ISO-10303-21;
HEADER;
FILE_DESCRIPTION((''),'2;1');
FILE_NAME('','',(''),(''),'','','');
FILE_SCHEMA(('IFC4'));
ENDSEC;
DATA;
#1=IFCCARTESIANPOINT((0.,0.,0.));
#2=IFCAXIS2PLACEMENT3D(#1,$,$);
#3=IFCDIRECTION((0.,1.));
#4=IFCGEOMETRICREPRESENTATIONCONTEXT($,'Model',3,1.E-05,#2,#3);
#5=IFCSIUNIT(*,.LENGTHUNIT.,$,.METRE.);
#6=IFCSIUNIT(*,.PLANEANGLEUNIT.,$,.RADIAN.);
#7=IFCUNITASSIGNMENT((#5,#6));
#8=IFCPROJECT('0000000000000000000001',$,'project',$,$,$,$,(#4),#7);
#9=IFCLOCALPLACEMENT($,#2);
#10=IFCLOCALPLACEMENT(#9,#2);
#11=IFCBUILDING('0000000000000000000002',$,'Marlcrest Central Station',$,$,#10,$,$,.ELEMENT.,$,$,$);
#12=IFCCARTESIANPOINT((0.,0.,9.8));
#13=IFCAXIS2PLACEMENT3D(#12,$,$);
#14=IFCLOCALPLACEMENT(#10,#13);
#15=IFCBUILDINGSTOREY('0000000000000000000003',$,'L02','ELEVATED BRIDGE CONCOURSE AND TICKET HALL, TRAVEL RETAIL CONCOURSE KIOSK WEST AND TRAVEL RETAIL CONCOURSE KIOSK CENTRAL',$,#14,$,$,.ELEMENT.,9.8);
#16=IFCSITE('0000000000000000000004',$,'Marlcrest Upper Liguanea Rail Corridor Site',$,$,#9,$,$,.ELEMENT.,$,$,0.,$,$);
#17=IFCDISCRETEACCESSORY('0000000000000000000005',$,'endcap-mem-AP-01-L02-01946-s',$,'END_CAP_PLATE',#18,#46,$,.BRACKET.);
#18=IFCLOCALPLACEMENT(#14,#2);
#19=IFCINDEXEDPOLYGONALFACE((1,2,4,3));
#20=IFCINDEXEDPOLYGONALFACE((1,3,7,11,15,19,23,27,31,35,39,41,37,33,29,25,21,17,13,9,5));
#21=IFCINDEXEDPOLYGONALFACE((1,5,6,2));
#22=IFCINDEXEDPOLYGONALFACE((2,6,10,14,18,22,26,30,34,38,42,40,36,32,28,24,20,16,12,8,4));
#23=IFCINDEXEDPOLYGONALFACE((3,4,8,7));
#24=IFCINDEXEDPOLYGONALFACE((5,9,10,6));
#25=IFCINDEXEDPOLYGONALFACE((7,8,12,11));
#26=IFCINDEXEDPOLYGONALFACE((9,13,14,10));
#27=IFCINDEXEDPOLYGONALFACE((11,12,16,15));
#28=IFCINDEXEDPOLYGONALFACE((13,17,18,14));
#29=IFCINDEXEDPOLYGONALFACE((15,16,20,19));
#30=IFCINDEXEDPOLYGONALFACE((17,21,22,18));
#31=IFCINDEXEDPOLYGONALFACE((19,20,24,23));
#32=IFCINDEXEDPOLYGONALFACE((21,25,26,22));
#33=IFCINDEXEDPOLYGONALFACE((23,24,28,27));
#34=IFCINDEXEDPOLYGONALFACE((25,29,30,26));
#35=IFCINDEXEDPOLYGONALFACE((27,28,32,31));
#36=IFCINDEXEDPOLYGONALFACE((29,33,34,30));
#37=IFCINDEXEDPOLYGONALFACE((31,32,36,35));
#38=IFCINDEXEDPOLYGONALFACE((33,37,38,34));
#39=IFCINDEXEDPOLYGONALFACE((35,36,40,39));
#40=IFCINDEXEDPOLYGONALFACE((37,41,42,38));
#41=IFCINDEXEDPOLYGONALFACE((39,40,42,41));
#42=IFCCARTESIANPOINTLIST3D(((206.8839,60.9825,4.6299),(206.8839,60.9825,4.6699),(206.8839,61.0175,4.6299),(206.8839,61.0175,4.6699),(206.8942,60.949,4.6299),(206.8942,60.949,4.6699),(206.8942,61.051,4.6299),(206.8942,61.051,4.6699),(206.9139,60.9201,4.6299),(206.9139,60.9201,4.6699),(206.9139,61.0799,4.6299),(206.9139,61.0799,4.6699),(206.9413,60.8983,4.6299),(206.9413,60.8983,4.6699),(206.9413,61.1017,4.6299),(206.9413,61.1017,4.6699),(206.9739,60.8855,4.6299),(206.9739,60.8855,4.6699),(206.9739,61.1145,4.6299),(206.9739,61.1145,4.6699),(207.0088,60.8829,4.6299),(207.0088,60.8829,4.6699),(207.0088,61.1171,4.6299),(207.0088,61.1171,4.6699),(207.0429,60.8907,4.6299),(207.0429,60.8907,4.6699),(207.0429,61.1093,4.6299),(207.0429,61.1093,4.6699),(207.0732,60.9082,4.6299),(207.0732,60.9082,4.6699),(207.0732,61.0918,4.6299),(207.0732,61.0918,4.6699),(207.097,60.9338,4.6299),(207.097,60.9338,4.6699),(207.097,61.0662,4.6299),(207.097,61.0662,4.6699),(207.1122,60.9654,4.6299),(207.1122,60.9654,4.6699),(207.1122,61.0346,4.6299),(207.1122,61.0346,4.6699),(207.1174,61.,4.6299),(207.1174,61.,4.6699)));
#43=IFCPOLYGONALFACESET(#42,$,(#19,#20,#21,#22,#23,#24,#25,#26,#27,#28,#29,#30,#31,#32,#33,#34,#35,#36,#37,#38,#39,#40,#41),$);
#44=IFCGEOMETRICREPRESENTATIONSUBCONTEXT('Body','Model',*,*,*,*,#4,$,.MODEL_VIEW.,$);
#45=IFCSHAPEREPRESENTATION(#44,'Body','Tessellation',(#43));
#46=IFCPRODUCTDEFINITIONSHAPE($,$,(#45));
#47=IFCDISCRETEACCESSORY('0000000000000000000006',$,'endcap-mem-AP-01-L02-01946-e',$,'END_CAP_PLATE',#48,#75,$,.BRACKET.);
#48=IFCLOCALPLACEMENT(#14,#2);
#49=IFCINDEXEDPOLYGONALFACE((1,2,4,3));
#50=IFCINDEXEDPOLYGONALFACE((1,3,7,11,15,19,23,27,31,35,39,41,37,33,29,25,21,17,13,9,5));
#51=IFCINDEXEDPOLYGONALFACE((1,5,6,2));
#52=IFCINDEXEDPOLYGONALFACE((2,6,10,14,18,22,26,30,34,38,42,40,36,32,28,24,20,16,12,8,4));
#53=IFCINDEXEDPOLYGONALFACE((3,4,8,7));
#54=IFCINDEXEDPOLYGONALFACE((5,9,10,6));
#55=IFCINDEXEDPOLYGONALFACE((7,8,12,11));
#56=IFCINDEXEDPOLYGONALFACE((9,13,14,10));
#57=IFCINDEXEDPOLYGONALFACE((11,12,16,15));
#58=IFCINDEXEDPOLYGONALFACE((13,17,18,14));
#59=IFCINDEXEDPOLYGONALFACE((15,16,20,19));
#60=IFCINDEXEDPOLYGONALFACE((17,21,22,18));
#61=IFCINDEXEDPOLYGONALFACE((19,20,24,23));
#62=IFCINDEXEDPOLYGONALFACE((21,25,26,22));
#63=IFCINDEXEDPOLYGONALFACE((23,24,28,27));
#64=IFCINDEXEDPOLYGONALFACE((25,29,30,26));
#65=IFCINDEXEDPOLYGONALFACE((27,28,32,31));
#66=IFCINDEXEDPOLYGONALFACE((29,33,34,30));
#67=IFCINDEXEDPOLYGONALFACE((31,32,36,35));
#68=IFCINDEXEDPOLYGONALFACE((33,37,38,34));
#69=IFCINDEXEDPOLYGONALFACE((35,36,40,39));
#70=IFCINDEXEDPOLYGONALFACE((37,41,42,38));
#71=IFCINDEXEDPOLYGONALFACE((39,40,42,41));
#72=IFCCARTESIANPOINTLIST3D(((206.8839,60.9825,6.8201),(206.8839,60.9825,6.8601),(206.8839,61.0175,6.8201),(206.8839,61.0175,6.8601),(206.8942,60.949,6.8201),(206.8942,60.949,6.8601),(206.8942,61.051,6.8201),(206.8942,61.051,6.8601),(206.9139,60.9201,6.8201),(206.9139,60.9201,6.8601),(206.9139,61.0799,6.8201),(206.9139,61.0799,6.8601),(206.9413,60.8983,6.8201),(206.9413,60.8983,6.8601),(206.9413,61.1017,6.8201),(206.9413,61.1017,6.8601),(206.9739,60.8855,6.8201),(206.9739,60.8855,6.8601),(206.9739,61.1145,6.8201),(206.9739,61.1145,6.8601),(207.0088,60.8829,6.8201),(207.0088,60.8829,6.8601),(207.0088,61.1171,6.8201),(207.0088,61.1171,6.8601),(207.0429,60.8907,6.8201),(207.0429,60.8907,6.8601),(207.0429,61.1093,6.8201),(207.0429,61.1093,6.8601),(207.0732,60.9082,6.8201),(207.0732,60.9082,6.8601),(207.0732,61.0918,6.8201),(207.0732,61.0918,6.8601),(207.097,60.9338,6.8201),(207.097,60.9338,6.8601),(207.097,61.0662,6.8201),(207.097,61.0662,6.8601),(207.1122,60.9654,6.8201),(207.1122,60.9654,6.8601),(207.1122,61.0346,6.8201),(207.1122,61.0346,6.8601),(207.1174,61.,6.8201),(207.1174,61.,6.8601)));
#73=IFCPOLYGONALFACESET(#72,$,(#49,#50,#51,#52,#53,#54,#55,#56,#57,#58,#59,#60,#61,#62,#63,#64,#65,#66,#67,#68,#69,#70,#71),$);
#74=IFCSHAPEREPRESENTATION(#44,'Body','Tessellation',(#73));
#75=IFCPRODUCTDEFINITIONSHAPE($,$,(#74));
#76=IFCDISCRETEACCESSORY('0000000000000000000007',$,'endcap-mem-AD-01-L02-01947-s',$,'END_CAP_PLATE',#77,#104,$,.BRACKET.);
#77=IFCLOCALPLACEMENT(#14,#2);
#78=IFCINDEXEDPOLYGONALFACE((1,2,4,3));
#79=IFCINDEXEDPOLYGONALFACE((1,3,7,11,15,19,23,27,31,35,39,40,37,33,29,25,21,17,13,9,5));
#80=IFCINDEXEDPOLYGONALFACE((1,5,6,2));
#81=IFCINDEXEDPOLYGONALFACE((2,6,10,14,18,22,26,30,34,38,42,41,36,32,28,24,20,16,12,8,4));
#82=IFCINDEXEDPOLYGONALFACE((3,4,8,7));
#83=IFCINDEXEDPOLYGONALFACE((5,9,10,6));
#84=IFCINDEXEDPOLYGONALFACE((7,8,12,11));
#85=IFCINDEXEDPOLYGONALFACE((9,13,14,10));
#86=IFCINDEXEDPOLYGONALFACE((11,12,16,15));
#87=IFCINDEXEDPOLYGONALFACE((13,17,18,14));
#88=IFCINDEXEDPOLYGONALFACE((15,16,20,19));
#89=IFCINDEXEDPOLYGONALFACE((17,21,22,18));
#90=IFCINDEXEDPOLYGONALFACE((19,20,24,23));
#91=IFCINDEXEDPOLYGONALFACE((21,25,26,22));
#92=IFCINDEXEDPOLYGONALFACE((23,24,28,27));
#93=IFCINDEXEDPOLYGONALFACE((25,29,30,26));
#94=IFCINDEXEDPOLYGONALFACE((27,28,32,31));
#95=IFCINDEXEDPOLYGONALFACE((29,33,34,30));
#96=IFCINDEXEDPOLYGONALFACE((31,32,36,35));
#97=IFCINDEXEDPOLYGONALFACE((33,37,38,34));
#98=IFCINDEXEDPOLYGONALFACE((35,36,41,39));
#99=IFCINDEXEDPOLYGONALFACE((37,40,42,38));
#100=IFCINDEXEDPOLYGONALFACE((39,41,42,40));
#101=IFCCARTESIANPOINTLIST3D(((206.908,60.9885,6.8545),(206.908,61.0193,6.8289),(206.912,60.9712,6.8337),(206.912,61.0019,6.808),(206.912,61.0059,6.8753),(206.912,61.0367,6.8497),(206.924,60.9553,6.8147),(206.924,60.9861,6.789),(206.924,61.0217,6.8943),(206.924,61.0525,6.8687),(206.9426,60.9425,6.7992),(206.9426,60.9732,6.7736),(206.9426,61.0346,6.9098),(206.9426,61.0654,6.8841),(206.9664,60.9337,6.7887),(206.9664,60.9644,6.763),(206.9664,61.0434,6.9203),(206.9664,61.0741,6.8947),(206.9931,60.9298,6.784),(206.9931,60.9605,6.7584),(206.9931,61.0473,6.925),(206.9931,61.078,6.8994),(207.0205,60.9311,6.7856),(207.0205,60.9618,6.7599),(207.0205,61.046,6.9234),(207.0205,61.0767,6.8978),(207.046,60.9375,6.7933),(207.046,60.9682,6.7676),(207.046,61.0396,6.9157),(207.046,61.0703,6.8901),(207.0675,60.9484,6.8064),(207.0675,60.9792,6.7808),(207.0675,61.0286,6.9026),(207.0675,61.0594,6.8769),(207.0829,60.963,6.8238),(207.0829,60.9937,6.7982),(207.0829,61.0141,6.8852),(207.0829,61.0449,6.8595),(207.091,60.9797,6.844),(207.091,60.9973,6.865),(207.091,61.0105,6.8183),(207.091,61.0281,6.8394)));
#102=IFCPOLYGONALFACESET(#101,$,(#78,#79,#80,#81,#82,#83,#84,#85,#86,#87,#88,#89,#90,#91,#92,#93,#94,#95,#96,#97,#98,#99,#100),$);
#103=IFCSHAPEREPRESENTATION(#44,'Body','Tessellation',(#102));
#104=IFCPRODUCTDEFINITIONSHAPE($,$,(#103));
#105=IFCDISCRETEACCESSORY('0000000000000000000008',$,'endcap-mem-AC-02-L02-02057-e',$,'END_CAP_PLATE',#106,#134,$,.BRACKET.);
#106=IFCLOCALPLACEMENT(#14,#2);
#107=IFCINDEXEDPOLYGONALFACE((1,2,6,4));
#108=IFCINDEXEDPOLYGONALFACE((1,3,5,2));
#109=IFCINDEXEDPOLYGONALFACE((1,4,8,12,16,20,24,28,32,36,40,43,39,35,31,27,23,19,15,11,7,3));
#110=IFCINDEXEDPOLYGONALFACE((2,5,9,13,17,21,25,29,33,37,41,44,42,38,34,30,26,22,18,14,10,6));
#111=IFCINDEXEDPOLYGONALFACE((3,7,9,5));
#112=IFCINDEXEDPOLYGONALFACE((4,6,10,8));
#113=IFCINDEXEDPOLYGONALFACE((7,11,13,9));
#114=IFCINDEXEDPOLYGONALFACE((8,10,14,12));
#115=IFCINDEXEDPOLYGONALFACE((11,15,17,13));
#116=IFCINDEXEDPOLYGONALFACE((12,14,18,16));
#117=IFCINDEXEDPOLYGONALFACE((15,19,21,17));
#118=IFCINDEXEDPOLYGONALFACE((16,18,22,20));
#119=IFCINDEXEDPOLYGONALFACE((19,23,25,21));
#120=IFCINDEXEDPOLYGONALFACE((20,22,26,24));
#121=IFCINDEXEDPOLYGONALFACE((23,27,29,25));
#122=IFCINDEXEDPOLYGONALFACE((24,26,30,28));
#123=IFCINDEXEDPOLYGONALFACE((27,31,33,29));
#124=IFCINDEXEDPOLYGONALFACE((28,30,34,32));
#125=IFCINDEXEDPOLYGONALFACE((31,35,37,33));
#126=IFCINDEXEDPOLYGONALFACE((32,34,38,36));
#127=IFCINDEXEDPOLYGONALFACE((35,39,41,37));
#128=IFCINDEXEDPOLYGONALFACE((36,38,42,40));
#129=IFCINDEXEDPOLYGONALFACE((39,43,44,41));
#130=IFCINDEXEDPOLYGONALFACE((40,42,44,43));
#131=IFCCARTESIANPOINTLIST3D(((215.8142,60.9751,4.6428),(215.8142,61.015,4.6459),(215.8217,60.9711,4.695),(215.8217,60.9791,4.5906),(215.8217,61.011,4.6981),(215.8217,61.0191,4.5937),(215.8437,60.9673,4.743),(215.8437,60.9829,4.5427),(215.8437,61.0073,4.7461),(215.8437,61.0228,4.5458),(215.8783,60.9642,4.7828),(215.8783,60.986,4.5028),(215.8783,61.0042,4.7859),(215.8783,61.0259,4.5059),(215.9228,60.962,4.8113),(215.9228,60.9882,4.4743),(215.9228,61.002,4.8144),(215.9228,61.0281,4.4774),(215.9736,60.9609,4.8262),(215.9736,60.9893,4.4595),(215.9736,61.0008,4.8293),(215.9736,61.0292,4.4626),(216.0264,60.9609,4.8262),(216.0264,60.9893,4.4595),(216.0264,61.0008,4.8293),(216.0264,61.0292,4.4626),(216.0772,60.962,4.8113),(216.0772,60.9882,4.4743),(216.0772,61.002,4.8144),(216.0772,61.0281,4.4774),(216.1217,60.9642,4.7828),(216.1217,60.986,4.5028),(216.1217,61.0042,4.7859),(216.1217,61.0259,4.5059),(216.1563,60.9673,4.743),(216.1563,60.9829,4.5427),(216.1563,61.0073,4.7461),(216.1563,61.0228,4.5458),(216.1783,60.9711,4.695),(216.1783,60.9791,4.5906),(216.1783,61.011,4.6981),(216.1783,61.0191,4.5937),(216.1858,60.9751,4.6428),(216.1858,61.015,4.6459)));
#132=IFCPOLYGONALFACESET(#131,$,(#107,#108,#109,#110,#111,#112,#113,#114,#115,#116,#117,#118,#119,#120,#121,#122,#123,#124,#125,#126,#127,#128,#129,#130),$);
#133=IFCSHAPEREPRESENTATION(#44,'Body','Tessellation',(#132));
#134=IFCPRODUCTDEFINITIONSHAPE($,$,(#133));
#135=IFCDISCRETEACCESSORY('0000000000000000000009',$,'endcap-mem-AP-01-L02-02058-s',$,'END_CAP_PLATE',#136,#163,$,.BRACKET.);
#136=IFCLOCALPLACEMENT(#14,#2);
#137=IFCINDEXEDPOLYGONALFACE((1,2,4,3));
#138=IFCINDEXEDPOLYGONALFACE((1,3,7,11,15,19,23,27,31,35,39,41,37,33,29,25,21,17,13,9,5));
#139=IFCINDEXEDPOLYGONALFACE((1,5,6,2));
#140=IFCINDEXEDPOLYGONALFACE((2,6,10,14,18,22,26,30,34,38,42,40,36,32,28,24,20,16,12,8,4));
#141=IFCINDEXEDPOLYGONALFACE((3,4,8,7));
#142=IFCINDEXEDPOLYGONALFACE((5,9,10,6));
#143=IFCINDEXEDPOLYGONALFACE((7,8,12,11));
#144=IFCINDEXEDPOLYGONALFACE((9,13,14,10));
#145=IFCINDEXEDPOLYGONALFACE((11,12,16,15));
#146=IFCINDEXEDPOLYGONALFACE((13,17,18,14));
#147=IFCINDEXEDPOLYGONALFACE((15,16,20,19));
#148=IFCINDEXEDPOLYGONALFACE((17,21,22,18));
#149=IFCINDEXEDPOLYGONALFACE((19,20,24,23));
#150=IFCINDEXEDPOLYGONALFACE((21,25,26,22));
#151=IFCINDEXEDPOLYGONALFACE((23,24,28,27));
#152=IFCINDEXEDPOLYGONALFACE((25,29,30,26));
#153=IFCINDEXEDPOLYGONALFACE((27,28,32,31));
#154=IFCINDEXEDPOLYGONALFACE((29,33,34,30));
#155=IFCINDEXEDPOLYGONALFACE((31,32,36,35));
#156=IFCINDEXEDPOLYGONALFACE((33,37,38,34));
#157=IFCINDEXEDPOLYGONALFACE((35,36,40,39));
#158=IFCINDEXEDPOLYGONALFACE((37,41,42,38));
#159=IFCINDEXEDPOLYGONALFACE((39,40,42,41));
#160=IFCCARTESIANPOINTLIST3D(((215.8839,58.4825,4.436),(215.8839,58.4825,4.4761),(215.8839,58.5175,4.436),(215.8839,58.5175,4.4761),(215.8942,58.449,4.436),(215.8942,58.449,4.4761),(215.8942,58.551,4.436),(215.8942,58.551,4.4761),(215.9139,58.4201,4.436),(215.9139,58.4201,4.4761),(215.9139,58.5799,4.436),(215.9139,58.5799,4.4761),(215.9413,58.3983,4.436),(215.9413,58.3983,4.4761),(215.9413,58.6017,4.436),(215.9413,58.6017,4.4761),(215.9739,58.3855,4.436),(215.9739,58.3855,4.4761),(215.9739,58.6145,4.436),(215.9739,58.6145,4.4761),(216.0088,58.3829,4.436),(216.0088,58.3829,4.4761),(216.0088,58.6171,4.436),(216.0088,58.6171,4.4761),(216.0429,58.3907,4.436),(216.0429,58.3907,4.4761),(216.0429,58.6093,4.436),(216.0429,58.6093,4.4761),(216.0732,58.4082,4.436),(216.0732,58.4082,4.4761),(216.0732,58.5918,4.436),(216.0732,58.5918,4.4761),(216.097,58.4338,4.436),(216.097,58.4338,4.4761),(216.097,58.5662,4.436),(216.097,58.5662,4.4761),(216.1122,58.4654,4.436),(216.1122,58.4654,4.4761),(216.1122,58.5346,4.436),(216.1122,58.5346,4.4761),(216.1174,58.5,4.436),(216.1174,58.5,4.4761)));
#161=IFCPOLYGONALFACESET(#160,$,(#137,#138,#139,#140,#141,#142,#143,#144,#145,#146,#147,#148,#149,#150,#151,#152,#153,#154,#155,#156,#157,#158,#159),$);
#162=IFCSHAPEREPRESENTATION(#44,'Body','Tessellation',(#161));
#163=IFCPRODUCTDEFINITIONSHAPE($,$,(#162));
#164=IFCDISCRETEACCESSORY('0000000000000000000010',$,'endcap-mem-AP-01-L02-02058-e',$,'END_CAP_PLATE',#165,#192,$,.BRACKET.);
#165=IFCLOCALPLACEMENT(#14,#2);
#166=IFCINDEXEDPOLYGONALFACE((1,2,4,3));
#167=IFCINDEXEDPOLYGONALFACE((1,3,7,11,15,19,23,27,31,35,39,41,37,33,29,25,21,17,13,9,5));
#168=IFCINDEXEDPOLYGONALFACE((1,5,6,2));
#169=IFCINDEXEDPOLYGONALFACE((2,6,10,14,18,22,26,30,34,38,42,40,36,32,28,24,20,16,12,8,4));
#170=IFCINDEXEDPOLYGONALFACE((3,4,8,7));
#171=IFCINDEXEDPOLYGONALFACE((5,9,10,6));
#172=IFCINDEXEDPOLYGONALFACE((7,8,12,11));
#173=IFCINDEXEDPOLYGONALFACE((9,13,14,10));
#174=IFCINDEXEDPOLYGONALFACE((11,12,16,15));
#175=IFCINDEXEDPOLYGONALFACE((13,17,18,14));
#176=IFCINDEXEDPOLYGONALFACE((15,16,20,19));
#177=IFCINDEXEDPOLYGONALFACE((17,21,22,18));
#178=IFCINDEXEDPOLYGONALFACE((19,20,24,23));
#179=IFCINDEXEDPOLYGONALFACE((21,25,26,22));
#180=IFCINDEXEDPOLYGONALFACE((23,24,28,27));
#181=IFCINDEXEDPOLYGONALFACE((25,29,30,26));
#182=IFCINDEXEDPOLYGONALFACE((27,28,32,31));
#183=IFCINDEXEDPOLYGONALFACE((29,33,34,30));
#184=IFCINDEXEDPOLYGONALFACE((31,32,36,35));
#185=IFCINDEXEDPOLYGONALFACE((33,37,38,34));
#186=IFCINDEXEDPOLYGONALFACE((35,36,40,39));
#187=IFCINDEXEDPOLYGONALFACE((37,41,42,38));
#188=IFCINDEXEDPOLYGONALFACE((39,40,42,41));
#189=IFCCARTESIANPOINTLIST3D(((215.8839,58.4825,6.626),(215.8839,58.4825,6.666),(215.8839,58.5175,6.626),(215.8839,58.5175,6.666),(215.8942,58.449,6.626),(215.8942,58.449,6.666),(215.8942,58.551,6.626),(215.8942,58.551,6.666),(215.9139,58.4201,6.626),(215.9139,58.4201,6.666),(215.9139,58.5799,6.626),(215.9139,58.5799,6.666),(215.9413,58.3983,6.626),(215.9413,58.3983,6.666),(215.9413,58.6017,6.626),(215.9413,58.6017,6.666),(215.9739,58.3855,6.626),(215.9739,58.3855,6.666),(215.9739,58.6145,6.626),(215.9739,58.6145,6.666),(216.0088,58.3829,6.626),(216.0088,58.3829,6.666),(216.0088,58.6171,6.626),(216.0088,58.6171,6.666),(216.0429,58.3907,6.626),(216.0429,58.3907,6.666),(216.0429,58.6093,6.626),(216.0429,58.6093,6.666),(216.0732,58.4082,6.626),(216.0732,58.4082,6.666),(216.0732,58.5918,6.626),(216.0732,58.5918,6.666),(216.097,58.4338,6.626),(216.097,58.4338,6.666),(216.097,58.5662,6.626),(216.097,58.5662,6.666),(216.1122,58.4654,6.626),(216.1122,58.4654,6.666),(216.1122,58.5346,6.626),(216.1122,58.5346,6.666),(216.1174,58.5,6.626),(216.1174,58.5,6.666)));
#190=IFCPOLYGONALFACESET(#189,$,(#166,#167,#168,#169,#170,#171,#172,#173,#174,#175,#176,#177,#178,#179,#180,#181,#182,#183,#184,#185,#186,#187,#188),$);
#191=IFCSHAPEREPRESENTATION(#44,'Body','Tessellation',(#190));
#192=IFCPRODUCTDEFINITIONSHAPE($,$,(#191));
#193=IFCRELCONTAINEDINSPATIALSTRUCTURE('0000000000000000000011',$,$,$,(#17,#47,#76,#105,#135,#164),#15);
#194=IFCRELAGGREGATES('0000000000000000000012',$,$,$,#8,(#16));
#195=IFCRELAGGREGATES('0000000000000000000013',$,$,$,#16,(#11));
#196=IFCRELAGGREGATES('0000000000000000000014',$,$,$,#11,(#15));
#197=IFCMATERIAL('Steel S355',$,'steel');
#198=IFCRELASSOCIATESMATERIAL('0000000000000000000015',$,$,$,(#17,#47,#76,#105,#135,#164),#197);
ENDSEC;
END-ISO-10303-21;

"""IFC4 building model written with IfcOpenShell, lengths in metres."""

from ifc_helpers import new_model, si_unit, direction, frame, origin, origin_2d, place, context, subcontext, project, spatial, circle, extrude, material, element, save


model = new_model("IFC4")

# Units and contexts
model_context = context("Model", 3, precision=1e-05, world=origin(), true_north=direction((0.0, 1.0)))
body_context = subcontext(model_context, "Body", "Model", "MODEL_VIEW")
ifc_project = project(units=[si_unit("LENGTHUNIT", "METRE"), si_unit("PLANEANGLEUNIT", "RADIAN")], contexts=[model_context])

# Site, building, storey
site_placement = place(None, origin())
site = spatial("IfcSite", under=ifc_project, at=site_placement, Name="Marlcrest Upper Liguanea Rail Corridor Site", CompositionType="ELEMENT", RefElevation=0.0)
building_placement = place(site_placement, origin())
building = spatial("IfcBuilding", under=site, at=building_placement, Name="Marlcrest Central Station", CompositionType="ELEMENT")
storey_placement = place(building_placement, frame((0.0, 0.0, 9.8)))
storey = spatial("IfcBuildingStorey", under=building, at=storey_placement, Name="L02", Description="ELEVATED BRIDGE CONCOURSE AND TICKET HALL, TRAVEL RETAIL CONCOURSE KIOSK WEST AND TRAVEL RETAIL CONCOURSE KIOSK CENTRAL", CompositionType="ELEMENT", Elevation=9.8)

# Shared definitions
ifc_material = material(Name="Steel S355", Category="steel")

# Discrete accessories
for number, where, z_axis, x_axis, name in (
    (1, (207.0, 61.0, 4.6299), (0.0, 0.0, 1.0), (1.0, 0.0, 0.0), "endcap-mem-AP-01-L02-01946-s"),
    (2, (207.0, 61.0, 6.8201), (0.0, 0.0, 1.0), (1.0, 0.0, 0.0), "endcap-mem-AP-01-L02-01946-e"),
):
    element("IfcDiscreteAccessory", number, at=place(storey_placement, frame(where, z_axis=z_axis, x_axis=x_axis)), inside=storey, material=ifc_material, Name=name, ObjectType="END_CAP_PLATE", PredefinedType="BRACKET", context=body_context, shape_type="SweptSolid", body=[
        extrude(circle(Radius=0.1174, at=origin_2d()), origin(), (0.0, 0.0, 1.0), 0.04),
    ])
discrete_accessory_1_placement = place(storey_placement, frame((207.0, 60.9885, 6.8545), z_axis=(0.0, 0.76816, -0.640258), x_axis=(-1.0, 0.0, 0.0)))
element("IfcDiscreteAccessory", 3, at=discrete_accessory_1_placement, inside=storey, material=ifc_material, Name="endcap-mem-AD-01-L02-01947-s", ObjectType="END_CAP_PLATE", PredefinedType="BRACKET", context=body_context, shape_type="SweptSolid", body=[
    extrude(circle(Radius=0.092, at=origin_2d()), origin(), (0.0, 0.0, 1.0), 0.04),
])
discrete_accessory_2_placement = place(storey_placement, frame((216.0, 60.9751, 4.6428), z_axis=(0.0, 0.997007, 0.077307), x_axis=(-1.0, 0.0, 0.0)))
element("IfcDiscreteAccessory", 4, at=discrete_accessory_2_placement, inside=storey, material=ifc_material, Name="endcap-mem-AC-02-L02-02057-e", ObjectType="END_CAP_PLATE", PredefinedType="BRACKET", context=body_context, shape_type="SweptSolid", body=[
    extrude(circle(Radius=0.1858, at=origin_2d()), origin(), (0.0, 0.0, 1.0), 0.04),
])
for number, where, z_axis, x_axis, name in (
    (5, (216.0, 58.5, 4.436), (0.0, 0.0, 1.0), (1.0, 0.0, 0.0), "endcap-mem-AP-01-L02-02058-s"),
    (6, (216.0, 58.5, 6.626), (0.0, 0.0, 1.0), (1.0, 0.0, 0.0), "endcap-mem-AP-01-L02-02058-e"),
):
    element("IfcDiscreteAccessory", number, at=place(storey_placement, frame(where, z_axis=z_axis, x_axis=x_axis)), inside=storey, material=ifc_material, Name=name, ObjectType="END_CAP_PLATE", PredefinedType="BRACKET", context=body_context, shape_type="SweptSolid", body=[
        extrude(circle(Radius=0.1174, at=origin_2d()), origin(), (0.0, 0.0, 1.0), 0.04),
    ])

save(model, "model.ifc")
